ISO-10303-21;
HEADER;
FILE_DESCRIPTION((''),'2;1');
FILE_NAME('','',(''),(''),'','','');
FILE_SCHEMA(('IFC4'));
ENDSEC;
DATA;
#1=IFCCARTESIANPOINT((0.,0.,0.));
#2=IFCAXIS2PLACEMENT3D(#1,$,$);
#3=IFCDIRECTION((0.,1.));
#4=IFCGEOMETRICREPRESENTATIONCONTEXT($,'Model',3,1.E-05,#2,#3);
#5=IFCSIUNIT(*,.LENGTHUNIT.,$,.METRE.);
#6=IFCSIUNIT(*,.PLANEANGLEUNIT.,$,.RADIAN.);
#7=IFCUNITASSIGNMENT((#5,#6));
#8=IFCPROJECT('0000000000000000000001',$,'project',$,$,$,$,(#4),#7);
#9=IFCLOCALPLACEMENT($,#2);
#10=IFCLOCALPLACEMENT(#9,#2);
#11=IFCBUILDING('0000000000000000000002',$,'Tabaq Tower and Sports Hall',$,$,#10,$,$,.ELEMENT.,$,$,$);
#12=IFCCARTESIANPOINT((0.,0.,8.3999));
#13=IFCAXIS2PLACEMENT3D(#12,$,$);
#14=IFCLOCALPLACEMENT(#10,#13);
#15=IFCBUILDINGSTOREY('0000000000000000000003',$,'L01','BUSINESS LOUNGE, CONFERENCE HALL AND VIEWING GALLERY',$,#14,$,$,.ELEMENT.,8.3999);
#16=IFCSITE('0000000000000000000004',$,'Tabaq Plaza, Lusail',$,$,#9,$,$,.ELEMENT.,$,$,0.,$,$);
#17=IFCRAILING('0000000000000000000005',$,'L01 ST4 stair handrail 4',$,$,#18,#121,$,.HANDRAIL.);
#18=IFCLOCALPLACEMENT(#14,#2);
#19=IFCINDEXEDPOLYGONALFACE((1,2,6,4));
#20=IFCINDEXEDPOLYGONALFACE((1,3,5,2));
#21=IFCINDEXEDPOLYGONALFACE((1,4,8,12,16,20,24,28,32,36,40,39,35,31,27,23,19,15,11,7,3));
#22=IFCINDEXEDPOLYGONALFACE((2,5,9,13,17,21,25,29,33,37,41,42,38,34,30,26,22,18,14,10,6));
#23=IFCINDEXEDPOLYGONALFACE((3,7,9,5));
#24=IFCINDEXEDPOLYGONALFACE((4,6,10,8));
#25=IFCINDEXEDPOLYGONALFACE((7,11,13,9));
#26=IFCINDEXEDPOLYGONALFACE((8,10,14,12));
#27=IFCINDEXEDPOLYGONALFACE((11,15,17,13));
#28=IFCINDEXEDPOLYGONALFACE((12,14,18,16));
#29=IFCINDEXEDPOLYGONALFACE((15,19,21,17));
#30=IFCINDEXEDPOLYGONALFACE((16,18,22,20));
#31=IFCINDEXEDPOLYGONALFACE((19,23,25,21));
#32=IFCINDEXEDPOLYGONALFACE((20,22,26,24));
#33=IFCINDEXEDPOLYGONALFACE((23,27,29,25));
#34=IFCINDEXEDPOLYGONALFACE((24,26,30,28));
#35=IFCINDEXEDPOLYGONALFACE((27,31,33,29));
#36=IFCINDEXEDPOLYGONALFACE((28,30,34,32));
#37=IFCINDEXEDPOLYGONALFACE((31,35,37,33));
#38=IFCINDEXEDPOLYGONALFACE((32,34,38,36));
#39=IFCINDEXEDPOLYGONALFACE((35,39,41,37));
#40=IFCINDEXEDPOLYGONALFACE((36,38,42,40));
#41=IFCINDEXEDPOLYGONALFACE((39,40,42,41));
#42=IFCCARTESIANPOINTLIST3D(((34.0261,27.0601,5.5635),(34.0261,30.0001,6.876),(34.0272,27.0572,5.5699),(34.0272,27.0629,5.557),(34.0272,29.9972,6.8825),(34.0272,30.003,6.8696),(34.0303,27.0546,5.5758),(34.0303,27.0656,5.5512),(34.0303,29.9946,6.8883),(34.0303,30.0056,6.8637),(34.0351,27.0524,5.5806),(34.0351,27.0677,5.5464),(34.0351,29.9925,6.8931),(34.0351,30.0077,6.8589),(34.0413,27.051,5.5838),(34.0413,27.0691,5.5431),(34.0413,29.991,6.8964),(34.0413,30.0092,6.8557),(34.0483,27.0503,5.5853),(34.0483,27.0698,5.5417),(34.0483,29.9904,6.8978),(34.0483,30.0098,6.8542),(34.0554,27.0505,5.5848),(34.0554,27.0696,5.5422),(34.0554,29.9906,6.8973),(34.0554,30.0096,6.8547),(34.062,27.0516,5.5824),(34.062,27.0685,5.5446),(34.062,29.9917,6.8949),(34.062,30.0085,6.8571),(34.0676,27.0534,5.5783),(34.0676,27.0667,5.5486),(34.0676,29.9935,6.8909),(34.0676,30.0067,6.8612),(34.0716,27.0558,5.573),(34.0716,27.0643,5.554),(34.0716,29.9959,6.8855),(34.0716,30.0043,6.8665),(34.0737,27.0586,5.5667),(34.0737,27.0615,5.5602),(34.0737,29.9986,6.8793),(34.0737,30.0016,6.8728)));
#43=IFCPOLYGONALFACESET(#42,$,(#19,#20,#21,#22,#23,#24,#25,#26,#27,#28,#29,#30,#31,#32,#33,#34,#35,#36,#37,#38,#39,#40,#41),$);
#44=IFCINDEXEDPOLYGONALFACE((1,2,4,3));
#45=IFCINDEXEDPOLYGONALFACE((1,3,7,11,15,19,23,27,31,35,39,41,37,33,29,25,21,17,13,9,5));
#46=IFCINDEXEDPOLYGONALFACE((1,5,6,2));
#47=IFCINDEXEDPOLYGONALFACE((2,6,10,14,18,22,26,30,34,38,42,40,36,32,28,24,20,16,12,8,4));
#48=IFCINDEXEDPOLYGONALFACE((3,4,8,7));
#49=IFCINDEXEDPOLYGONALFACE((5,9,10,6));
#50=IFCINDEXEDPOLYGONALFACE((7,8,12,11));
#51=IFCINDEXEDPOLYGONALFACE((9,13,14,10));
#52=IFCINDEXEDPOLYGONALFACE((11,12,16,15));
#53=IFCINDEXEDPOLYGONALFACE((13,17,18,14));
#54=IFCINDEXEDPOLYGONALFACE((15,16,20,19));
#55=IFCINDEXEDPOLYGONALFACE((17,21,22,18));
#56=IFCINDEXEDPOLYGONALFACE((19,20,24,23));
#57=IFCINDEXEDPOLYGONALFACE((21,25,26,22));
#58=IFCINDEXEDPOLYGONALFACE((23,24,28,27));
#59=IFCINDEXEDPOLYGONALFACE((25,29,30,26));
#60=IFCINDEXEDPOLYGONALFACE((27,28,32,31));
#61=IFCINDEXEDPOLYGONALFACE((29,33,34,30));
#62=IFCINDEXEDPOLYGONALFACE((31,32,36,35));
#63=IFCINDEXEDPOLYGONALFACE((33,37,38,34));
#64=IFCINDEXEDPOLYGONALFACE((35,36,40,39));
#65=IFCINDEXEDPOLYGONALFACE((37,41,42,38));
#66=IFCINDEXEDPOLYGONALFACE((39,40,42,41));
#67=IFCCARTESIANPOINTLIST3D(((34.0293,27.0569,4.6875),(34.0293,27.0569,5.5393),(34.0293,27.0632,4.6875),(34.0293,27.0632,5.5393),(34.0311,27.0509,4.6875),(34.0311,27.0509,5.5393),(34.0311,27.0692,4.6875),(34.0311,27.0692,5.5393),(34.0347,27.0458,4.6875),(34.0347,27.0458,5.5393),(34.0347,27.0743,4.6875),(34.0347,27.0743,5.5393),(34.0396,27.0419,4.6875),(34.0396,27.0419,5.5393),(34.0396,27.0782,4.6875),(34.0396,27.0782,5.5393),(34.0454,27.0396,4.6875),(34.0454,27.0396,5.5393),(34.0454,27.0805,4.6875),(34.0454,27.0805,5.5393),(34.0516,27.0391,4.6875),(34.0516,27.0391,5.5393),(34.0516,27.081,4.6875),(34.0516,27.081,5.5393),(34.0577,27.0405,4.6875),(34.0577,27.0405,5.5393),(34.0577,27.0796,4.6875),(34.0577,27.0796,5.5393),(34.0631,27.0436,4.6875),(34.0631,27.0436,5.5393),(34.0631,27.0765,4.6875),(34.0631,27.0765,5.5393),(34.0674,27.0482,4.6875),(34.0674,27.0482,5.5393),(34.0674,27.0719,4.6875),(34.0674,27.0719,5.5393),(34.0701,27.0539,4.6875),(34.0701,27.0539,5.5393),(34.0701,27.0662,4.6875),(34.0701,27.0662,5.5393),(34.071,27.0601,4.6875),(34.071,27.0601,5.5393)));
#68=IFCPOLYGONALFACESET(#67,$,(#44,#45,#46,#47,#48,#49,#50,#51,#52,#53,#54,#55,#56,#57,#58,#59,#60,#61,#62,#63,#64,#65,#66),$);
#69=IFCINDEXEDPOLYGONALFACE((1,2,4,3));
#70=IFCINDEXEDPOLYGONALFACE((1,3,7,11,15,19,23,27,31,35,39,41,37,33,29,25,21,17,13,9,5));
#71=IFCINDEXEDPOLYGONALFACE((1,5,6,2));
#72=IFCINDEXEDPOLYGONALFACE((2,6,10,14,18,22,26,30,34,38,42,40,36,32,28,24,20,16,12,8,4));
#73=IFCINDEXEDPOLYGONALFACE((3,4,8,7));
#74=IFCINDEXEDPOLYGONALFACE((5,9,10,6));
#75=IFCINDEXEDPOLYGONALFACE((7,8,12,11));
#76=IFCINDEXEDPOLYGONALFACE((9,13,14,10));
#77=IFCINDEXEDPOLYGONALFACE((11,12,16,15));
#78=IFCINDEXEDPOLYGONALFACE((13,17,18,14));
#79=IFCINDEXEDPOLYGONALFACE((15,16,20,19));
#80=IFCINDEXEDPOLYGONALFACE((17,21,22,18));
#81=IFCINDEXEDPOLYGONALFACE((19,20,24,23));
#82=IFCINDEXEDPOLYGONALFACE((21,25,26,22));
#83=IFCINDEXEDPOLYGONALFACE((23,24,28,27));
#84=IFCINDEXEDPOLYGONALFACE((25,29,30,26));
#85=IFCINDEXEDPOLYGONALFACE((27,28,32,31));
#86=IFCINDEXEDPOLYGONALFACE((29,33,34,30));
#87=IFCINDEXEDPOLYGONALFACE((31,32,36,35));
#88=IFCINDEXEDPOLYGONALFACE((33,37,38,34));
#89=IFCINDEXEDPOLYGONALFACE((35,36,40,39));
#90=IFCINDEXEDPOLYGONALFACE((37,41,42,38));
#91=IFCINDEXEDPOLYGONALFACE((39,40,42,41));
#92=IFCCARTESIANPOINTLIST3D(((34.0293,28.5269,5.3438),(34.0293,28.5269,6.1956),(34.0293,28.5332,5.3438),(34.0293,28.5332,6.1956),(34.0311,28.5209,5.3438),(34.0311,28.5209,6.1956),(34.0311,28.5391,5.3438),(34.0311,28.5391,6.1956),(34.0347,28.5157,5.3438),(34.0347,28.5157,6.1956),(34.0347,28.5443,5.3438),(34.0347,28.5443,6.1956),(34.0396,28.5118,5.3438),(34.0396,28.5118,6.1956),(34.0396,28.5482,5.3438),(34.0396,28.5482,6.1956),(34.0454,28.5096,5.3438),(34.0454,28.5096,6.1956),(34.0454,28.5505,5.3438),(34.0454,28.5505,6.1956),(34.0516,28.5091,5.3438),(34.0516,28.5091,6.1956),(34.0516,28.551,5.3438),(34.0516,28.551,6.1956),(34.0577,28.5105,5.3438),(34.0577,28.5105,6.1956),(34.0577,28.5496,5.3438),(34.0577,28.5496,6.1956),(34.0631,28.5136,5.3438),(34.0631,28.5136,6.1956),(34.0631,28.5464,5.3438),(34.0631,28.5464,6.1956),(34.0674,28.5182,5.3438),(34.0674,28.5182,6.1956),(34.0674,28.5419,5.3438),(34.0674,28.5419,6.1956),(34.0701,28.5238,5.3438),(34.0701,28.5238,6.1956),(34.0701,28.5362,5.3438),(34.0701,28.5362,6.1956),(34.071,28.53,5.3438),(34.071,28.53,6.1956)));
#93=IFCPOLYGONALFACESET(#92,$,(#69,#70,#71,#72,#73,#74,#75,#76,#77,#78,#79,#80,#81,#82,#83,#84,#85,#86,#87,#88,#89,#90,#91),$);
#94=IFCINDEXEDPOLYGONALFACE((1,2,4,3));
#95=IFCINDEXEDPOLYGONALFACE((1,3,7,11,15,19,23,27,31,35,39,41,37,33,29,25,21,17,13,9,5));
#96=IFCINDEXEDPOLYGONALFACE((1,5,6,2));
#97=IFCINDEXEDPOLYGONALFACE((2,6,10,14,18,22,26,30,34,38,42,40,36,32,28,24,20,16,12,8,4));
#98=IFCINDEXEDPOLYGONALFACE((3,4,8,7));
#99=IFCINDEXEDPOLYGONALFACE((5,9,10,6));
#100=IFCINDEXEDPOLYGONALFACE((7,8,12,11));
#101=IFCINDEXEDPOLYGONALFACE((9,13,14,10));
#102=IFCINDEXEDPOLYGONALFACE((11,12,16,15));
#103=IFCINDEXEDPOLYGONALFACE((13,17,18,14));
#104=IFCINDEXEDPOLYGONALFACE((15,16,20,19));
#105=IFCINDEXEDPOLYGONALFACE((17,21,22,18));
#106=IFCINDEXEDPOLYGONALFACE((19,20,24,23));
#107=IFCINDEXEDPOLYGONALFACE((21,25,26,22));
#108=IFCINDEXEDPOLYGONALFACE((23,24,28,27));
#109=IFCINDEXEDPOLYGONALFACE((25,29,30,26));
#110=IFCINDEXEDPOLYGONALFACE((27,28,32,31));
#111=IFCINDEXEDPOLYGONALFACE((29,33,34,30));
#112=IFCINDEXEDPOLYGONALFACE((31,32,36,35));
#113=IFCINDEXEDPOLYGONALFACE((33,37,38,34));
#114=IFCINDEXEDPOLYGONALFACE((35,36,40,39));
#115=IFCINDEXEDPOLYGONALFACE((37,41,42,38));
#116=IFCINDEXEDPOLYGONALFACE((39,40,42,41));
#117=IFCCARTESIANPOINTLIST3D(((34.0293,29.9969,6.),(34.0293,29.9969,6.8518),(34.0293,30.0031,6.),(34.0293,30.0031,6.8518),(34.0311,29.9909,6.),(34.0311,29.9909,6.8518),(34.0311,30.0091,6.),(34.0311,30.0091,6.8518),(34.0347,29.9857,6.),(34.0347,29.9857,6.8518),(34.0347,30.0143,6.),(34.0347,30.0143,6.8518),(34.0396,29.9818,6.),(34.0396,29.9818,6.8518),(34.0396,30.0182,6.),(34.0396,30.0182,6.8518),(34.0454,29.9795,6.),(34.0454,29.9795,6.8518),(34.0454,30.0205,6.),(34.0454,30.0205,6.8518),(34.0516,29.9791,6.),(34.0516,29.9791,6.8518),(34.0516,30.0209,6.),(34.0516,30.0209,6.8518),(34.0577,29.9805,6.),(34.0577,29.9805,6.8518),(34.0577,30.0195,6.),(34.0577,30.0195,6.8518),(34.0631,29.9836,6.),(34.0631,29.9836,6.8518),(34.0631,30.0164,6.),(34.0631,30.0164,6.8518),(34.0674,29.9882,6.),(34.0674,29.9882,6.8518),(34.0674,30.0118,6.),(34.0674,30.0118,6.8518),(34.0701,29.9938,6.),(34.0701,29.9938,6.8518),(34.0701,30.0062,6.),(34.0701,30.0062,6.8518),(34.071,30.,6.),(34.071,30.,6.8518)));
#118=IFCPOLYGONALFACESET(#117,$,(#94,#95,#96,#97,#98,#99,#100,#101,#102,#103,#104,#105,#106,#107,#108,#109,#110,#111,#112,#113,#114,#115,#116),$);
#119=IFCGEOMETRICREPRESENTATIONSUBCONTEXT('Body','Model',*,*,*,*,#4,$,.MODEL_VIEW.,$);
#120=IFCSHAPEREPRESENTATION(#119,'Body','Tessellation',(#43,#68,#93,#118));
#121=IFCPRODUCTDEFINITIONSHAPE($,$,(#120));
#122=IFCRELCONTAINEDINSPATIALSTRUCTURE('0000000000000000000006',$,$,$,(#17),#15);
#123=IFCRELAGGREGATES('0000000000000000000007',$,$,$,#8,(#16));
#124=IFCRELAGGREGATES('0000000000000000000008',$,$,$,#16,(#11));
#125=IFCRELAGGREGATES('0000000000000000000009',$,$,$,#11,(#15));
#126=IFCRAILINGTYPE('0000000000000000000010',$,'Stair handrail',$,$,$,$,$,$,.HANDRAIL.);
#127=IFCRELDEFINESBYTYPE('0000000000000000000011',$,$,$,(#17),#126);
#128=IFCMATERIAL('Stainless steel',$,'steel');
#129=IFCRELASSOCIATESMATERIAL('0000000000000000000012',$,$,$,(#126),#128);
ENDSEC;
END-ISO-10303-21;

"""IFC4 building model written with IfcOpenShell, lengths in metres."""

from ifc_helpers import new_model, si_unit, direction, frame, origin, origin_2d, place, context, subcontext, project, spatial, circle, extrude, material, type_object, element, save


model = new_model("IFC4")

# Units and contexts
model_context = context("Model", 3, precision=1e-05, world=origin(), true_north=direction((0.0, 1.0)))
body_context = subcontext(model_context, "Body", "Model", "MODEL_VIEW")
ifc_project = project(units=[si_unit("LENGTHUNIT", "METRE"), si_unit("PLANEANGLEUNIT", "RADIAN")], contexts=[model_context])

# Site, building, storey
site_placement = place(None, origin())
site = spatial("IfcSite", under=ifc_project, at=site_placement, Name="Tabaq Plaza, Lusail", CompositionType="ELEMENT", RefElevation=0.0)
building_placement = place(site_placement, origin())
building = spatial("IfcBuilding", under=site, at=building_placement, Name="Tabaq Tower and Sports Hall", CompositionType="ELEMENT")
storey_placement = place(building_placement, frame((0.0, 0.0, 8.3999)))
storey = spatial("IfcBuildingStorey", under=building, at=storey_placement, Name="L01", Description="BUSINESS LOUNGE, CONFERENCE HALL AND VIEWING GALLERY", CompositionType="ELEMENT", Elevation=8.3999)

# Railing
ifc_material_1 = material(Name="Stainless steel", Category="steel")
railing_type_1 = type_object("IfcRailingType", Name="Stair handrail", PredefinedType="HANDRAIL", material=ifc_material_1)
railing_1_placement = place(storey_placement, frame((34.05, 27.0601, 4.6875)))
element("IfcRailing", 1, at=railing_1_placement, inside=storey, type_object=railing_type_1, Name="L01 ST4 stair handrail 4", PredefinedType="HANDRAIL", context=body_context, shape_type="SweptSolid", body=[
    extrude(circle(Radius=0.0239, at=origin_2d()), frame((0.0, 0.0, 0.876), z_axis=(0.0, 0.913135, 0.407658), x_axis=(-1.0, 0.0, 0.0)), (0.0, 0.0, 1.0), 3.2197),
    extrude(circle(Radius=0.021, at=origin_2d()), origin(), (0.0, 0.0, 1.0), 0.8518),
    extrude(circle(Radius=0.021, at=origin_2d()), frame((0.0, 1.47, 0.6562)), (0.0, 0.0, 1.0), 0.8518),
    extrude(circle(Radius=0.021, at=origin_2d()), frame((0.0, 2.9399, 1.3125)), (0.0, 0.0, 1.0), 0.8518),
])

save(model, "model.ifc")
